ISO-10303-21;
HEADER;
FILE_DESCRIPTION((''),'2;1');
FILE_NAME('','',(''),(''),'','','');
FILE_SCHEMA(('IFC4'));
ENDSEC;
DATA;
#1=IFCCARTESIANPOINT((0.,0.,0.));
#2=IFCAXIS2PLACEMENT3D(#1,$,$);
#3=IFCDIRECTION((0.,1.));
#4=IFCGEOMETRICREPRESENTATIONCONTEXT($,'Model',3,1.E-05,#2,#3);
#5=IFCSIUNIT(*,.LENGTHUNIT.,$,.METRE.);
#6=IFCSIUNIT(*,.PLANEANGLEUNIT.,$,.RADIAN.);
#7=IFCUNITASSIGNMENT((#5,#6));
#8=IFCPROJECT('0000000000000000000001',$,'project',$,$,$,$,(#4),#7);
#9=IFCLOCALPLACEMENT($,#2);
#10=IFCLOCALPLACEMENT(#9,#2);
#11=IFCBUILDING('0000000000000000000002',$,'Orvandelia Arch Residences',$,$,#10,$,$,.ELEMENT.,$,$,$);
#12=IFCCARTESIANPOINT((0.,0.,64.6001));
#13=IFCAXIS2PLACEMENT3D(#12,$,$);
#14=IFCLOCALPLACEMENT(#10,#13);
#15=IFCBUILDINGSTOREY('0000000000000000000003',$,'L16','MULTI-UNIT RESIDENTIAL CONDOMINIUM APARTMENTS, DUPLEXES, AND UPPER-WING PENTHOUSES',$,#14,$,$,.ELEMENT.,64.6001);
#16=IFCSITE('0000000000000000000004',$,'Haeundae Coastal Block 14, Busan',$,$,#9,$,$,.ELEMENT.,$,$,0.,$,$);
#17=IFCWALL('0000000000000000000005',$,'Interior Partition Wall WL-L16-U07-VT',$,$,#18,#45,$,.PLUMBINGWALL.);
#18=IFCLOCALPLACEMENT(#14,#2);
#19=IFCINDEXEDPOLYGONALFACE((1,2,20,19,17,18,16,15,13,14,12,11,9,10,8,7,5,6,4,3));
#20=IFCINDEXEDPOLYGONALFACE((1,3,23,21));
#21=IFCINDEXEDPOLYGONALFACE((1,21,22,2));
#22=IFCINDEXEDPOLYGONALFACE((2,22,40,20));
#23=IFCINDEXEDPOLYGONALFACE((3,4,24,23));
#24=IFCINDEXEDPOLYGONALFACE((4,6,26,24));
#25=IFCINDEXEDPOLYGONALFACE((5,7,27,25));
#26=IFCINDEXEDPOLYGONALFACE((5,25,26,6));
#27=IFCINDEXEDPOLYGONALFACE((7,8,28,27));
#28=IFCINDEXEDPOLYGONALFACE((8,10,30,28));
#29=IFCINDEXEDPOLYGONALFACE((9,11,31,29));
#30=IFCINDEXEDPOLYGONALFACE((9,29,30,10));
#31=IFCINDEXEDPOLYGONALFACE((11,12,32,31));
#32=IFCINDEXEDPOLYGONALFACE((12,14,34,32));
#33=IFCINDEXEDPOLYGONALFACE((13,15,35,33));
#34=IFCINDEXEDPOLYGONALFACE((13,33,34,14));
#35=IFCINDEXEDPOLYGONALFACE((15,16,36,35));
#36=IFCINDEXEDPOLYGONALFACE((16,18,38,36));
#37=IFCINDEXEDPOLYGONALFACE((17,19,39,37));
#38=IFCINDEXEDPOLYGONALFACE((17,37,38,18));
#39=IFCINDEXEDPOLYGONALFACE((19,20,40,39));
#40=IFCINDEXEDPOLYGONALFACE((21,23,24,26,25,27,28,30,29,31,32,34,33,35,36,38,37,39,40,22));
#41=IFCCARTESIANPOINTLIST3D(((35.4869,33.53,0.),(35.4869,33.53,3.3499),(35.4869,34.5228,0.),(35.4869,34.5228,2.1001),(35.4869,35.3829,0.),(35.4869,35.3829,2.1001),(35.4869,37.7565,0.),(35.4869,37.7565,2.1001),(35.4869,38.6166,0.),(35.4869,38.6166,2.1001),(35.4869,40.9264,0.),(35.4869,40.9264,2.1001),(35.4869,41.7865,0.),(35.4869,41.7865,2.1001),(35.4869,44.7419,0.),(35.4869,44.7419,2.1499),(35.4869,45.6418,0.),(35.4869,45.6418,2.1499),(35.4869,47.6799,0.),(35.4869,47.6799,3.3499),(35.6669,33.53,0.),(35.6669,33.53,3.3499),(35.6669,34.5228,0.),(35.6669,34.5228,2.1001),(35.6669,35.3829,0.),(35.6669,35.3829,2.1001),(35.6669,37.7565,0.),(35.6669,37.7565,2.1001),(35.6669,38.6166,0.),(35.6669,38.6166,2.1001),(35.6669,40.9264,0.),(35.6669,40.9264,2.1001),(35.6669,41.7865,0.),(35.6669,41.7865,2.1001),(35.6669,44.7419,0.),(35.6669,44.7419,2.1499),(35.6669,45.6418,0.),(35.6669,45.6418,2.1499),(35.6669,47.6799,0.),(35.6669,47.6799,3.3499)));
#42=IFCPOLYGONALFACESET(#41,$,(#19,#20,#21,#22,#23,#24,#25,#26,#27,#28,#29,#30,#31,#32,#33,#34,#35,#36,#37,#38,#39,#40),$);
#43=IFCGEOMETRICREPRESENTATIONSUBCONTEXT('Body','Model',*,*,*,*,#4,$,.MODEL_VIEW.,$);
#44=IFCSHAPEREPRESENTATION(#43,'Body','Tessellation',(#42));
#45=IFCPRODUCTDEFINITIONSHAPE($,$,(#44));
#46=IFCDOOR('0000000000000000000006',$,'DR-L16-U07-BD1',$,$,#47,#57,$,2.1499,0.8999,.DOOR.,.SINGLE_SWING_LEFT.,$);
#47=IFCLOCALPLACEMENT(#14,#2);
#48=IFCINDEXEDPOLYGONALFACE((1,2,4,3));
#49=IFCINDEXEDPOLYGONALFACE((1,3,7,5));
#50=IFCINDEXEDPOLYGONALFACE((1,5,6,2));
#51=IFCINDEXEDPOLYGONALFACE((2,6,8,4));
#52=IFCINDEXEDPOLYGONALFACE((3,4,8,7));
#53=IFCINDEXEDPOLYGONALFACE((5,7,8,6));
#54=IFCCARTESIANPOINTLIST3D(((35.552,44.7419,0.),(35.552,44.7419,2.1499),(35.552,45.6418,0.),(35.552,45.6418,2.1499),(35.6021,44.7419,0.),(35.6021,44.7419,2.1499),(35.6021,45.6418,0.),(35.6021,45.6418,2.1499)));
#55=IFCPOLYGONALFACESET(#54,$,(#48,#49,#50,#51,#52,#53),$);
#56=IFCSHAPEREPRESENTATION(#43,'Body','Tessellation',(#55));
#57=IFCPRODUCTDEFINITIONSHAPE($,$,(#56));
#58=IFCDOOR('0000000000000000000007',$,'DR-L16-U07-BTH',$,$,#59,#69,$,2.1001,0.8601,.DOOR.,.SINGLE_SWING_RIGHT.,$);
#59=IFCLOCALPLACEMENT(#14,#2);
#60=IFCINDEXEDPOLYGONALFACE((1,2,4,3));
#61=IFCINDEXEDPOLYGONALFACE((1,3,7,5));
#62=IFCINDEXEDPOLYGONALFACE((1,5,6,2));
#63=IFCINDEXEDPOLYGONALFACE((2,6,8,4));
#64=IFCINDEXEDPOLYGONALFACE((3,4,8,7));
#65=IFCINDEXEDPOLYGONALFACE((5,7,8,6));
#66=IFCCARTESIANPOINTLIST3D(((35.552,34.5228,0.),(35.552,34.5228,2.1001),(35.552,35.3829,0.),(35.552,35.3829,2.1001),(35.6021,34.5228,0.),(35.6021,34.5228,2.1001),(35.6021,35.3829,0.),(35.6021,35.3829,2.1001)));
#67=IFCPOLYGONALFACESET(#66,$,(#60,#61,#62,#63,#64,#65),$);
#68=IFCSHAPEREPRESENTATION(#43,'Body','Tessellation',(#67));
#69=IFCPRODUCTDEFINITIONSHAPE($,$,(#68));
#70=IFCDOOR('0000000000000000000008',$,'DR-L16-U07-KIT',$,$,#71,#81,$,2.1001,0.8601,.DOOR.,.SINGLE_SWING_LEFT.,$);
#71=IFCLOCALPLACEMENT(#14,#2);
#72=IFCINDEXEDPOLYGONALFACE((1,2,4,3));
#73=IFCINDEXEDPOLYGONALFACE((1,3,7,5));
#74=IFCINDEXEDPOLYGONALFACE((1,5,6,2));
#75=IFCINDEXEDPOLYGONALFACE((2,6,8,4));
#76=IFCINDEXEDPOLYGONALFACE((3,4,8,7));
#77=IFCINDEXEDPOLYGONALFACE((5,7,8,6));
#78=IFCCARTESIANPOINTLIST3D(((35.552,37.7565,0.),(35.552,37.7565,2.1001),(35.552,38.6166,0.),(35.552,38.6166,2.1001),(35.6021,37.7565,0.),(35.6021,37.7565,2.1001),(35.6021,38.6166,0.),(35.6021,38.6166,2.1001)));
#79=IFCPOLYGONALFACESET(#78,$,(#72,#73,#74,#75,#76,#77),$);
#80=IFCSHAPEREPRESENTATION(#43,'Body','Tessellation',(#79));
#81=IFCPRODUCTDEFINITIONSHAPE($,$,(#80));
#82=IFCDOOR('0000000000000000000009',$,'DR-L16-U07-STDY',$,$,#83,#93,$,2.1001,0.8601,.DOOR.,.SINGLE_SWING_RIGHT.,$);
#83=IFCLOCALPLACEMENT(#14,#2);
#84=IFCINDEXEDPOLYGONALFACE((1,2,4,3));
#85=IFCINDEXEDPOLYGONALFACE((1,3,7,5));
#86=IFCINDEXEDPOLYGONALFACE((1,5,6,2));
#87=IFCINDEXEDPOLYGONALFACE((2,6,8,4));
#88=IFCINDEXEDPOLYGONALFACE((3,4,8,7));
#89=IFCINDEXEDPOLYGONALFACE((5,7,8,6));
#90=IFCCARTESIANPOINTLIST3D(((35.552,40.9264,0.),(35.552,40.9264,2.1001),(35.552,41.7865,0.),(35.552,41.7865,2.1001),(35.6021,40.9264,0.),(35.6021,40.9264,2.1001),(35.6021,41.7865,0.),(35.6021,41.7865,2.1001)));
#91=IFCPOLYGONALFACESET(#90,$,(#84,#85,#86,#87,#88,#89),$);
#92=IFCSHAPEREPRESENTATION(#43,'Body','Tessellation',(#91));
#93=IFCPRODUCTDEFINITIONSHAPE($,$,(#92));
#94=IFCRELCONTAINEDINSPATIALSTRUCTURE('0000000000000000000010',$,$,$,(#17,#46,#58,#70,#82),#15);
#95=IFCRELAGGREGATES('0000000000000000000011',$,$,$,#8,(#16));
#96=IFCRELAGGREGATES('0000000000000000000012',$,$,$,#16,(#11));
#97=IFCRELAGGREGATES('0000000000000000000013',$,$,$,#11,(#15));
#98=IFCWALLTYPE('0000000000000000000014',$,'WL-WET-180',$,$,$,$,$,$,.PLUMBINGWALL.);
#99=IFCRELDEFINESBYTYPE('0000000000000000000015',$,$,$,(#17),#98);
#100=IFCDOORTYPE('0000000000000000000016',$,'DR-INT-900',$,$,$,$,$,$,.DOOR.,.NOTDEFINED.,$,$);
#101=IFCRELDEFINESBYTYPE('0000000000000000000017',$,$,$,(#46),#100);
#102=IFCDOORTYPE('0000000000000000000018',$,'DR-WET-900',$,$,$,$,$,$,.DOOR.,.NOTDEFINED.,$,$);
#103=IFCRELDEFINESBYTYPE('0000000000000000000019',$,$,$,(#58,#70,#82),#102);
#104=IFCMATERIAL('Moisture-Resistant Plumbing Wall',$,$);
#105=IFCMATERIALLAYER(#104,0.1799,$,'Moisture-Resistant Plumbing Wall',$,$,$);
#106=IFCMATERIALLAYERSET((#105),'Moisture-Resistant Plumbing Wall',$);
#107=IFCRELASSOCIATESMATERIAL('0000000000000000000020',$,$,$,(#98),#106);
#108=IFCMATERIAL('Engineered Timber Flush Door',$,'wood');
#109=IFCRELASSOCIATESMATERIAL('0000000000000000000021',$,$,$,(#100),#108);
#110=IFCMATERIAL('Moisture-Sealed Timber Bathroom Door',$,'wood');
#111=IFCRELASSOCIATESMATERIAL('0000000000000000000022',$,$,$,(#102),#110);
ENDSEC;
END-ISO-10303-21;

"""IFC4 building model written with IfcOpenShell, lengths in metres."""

from ifc_helpers import new_model, si_unit, direction, frame, frame_2d, origin, place, context, subcontext, project, spatial, rectangle, extrude, material, layer, layer_set, type_object, element, fill, save


model = new_model("IFC4")

# Units and contexts
model_context = context("Model", 3, precision=1e-05, world=origin(), true_north=direction((0.0, 1.0)))
body_context = subcontext(model_context, "Body", "Model", "MODEL_VIEW")
ifc_project = project(units=[si_unit("LENGTHUNIT", "METRE"), si_unit("PLANEANGLEUNIT", "RADIAN")], contexts=[model_context])

# Site, building, storey
site_placement = place(None, origin())
site = spatial("IfcSite", under=ifc_project, at=site_placement, Name="Haeundae Coastal Block 14, Busan", CompositionType="ELEMENT", RefElevation=0.0)
building_placement = place(site_placement, origin())
building = spatial("IfcBuilding", under=site, at=building_placement, Name="Orvandelia Arch Residences", CompositionType="ELEMENT")
storey_placement = place(building_placement, frame((0.0, 0.0, 64.6001)))
storey = spatial("IfcBuildingStorey", under=building, at=storey_placement, Name="L16", Description="MULTI-UNIT RESIDENTIAL CONDOMINIUM APARTMENTS, DUPLEXES, AND UPPER-WING PENTHOUSES", CompositionType="ELEMENT", Elevation=64.6001)

# Wall, openings, doors
ifc_material_1 = material(Name="Moisture-Resistant Plumbing Wall")
ifc_layer_1 = layer(ifc_material_1, 0.1799, Name="Moisture-Resistant Plumbing Wall")
ifc_layer_set_1 = layer_set([ifc_layer_1], Name="Moisture-Resistant Plumbing Wall")
wall_type_1 = type_object("IfcWallType", Name="WL-WET-180", PredefinedType="PLUMBINGWALL", material=ifc_layer_set_1)
wall_1_placement = place(storey_placement, frame((35.5769, 33.53, 0.0), z_axis=(0.0, 0.0, 1.0), x_axis=(0.0, 1.0, 0.0)))
wall_1 = element("IfcWall", 1, at=wall_1_placement, inside=storey, type_object=wall_type_1, Name="Interior Partition Wall WL-L16-U07-VT", PredefinedType="PLUMBINGWALL", context=body_context, shape_type="SweptSolid", body=[
    extrude(rectangle(XDim=14.1499, YDim=0.1799, at=frame_2d((7.075, 0.0))), origin(), (0.0, 0.0, 1.0), 3.3499),
])
opening_1_placement = place(wall_1_placement, frame((0.9927, 0.0, 0.0)))
opening_1 = element("IfcOpeningElement", 2, at=opening_1_placement, cuts=wall_1, PredefinedType="OPENING", context=body_context, shape_type="SweptSolid", body=[
    extrude(rectangle(XDim=0.8601, YDim=2.1001, at=frame_2d((0.4302, 1.05))), frame((0.0, 0.1001, 0.0), z_axis=(0.0, -1.0, 0.0), x_axis=(1.0, 0.0, 0.0)), (0.0, 0.0, 1.0), 0.2),
])
opening_2_placement = place(wall_1_placement, frame((4.2263, 0.0, 0.0)))
opening_2 = element("IfcOpeningElement", 3, at=opening_2_placement, cuts=wall_1, PredefinedType="OPENING", context=body_context, shape_type="SweptSolid", body=[
    extrude(rectangle(XDim=0.8601, YDim=2.1001, at=frame_2d((0.4302, 1.05))), frame((0.0, 0.1001, 0.0), z_axis=(0.0, -1.0, 0.0), x_axis=(1.0, 0.0, 0.0)), (0.0, 0.0, 1.0), 0.2),
])
opening_3_placement = place(wall_1_placement, frame((7.3962, 0.0, 0.0)))
opening_3 = element("IfcOpeningElement", 4, at=opening_3_placement, cuts=wall_1, PredefinedType="OPENING", context=body_context, shape_type="SweptSolid", body=[
    extrude(rectangle(XDim=0.8601, YDim=2.1001, at=frame_2d((0.4302, 1.05))), frame((0.0, 0.1001, 0.0), z_axis=(0.0, -1.0, 0.0), x_axis=(1.0, 0.0, 0.0)), (0.0, 0.0, 1.0), 0.2),
])
opening_4_placement = place(wall_1_placement, frame((11.2119, 0.0, 0.0)))
opening_4 = element("IfcOpeningElement", 5, at=opening_4_placement, cuts=wall_1, PredefinedType="OPENING", context=body_context, shape_type="SweptSolid", body=[
    extrude(rectangle(XDim=0.8999, YDim=2.1499, at=frame_2d((0.45, 1.075))), frame((0.0, 0.1001, 0.0), z_axis=(0.0, -1.0, 0.0), x_axis=(1.0, 0.0, 0.0)), (0.0, 0.0, 1.0), 0.2),
])
ifc_material_2 = material(Name="Engineered Timber Flush Door", Category="wood")
door_type_1 = type_object("IfcDoorType", Name="DR-INT-900", OperationType="NOTDEFINED", PredefinedType="DOOR", material=ifc_material_2)
door_1_placement = place(opening_4_placement, origin())
door_1 = element("IfcDoor", 6, at=door_1_placement, inside=storey, type_object=door_type_1, Name="DR-L16-U07-BD1", OperationType="SINGLE_SWING_LEFT", OverallHeight=2.1499, OverallWidth=0.8999, PredefinedType="DOOR", context=body_context, shape_type="SweptSolid", body=[
    extrude(rectangle(XDim=0.8999, YDim=2.1499, at=frame_2d((0.45, 1.075))), frame((0.0, 0.0249, 0.0), z_axis=(0.0, -1.0, 0.0), x_axis=(1.0, 0.0, 0.0)), (0.0, 0.0, 1.0), 0.05),
])
fill(opening_4, door_1)
ifc_material_3 = material(Name="Moisture-Sealed Timber Bathroom Door", Category="wood")
door_type_2 = type_object("IfcDoorType", Name="DR-WET-900", OperationType="NOTDEFINED", PredefinedType="DOOR", material=ifc_material_3)
door_2_placement = place(opening_1_placement, origin())
door_2 = element("IfcDoor", 7, at=door_2_placement, inside=storey, type_object=door_type_2, Name="DR-L16-U07-BTH", OperationType="SINGLE_SWING_RIGHT", OverallHeight=2.1001, OverallWidth=0.8601, PredefinedType="DOOR", context=body_context, shape_type="SweptSolid", body=[
    extrude(rectangle(XDim=0.8601, YDim=2.1001, at=frame_2d((0.4302, 1.05))), frame((0.0, 0.0249, 0.0), z_axis=(0.0, -1.0, 0.0), x_axis=(1.0, 0.0, 0.0)), (0.0, 0.0, 1.0), 0.05),
])
fill(opening_1, door_2)
door_3_placement = place(opening_2_placement, origin())
door_3 = element("IfcDoor", 8, at=door_3_placement, inside=storey, type_object=door_type_2, Name="DR-L16-U07-KIT", OperationType="SINGLE_SWING_LEFT", OverallHeight=2.1001, OverallWidth=0.8601, PredefinedType="DOOR", context=body_context, shape_type="SweptSolid", body=[
    extrude(rectangle(XDim=0.8601, YDim=2.1001, at=frame_2d((0.4302, 1.05))), frame((0.0, 0.0249, 0.0), z_axis=(0.0, -1.0, 0.0), x_axis=(1.0, 0.0, 0.0)), (0.0, 0.0, 1.0), 0.05),
])
fill(opening_2, door_3)
door_4_placement = place(opening_3_placement, origin())
door_4 = element("IfcDoor", 9, at=door_4_placement, inside=storey, type_object=door_type_2, Name="DR-L16-U07-STDY", OperationType="SINGLE_SWING_RIGHT", OverallHeight=2.1001, OverallWidth=0.8601, PredefinedType="DOOR", context=body_context, shape_type="SweptSolid", body=[
    extrude(rectangle(XDim=0.8601, YDim=2.1001, at=frame_2d((0.4302, 1.05))), frame((0.0, 0.0249, 0.0), z_axis=(0.0, -1.0, 0.0), x_axis=(1.0, 0.0, 0.0)), (0.0, 0.0, 1.0), 0.05),
])
fill(opening_3, door_4)

save(model, "model.ifc")
